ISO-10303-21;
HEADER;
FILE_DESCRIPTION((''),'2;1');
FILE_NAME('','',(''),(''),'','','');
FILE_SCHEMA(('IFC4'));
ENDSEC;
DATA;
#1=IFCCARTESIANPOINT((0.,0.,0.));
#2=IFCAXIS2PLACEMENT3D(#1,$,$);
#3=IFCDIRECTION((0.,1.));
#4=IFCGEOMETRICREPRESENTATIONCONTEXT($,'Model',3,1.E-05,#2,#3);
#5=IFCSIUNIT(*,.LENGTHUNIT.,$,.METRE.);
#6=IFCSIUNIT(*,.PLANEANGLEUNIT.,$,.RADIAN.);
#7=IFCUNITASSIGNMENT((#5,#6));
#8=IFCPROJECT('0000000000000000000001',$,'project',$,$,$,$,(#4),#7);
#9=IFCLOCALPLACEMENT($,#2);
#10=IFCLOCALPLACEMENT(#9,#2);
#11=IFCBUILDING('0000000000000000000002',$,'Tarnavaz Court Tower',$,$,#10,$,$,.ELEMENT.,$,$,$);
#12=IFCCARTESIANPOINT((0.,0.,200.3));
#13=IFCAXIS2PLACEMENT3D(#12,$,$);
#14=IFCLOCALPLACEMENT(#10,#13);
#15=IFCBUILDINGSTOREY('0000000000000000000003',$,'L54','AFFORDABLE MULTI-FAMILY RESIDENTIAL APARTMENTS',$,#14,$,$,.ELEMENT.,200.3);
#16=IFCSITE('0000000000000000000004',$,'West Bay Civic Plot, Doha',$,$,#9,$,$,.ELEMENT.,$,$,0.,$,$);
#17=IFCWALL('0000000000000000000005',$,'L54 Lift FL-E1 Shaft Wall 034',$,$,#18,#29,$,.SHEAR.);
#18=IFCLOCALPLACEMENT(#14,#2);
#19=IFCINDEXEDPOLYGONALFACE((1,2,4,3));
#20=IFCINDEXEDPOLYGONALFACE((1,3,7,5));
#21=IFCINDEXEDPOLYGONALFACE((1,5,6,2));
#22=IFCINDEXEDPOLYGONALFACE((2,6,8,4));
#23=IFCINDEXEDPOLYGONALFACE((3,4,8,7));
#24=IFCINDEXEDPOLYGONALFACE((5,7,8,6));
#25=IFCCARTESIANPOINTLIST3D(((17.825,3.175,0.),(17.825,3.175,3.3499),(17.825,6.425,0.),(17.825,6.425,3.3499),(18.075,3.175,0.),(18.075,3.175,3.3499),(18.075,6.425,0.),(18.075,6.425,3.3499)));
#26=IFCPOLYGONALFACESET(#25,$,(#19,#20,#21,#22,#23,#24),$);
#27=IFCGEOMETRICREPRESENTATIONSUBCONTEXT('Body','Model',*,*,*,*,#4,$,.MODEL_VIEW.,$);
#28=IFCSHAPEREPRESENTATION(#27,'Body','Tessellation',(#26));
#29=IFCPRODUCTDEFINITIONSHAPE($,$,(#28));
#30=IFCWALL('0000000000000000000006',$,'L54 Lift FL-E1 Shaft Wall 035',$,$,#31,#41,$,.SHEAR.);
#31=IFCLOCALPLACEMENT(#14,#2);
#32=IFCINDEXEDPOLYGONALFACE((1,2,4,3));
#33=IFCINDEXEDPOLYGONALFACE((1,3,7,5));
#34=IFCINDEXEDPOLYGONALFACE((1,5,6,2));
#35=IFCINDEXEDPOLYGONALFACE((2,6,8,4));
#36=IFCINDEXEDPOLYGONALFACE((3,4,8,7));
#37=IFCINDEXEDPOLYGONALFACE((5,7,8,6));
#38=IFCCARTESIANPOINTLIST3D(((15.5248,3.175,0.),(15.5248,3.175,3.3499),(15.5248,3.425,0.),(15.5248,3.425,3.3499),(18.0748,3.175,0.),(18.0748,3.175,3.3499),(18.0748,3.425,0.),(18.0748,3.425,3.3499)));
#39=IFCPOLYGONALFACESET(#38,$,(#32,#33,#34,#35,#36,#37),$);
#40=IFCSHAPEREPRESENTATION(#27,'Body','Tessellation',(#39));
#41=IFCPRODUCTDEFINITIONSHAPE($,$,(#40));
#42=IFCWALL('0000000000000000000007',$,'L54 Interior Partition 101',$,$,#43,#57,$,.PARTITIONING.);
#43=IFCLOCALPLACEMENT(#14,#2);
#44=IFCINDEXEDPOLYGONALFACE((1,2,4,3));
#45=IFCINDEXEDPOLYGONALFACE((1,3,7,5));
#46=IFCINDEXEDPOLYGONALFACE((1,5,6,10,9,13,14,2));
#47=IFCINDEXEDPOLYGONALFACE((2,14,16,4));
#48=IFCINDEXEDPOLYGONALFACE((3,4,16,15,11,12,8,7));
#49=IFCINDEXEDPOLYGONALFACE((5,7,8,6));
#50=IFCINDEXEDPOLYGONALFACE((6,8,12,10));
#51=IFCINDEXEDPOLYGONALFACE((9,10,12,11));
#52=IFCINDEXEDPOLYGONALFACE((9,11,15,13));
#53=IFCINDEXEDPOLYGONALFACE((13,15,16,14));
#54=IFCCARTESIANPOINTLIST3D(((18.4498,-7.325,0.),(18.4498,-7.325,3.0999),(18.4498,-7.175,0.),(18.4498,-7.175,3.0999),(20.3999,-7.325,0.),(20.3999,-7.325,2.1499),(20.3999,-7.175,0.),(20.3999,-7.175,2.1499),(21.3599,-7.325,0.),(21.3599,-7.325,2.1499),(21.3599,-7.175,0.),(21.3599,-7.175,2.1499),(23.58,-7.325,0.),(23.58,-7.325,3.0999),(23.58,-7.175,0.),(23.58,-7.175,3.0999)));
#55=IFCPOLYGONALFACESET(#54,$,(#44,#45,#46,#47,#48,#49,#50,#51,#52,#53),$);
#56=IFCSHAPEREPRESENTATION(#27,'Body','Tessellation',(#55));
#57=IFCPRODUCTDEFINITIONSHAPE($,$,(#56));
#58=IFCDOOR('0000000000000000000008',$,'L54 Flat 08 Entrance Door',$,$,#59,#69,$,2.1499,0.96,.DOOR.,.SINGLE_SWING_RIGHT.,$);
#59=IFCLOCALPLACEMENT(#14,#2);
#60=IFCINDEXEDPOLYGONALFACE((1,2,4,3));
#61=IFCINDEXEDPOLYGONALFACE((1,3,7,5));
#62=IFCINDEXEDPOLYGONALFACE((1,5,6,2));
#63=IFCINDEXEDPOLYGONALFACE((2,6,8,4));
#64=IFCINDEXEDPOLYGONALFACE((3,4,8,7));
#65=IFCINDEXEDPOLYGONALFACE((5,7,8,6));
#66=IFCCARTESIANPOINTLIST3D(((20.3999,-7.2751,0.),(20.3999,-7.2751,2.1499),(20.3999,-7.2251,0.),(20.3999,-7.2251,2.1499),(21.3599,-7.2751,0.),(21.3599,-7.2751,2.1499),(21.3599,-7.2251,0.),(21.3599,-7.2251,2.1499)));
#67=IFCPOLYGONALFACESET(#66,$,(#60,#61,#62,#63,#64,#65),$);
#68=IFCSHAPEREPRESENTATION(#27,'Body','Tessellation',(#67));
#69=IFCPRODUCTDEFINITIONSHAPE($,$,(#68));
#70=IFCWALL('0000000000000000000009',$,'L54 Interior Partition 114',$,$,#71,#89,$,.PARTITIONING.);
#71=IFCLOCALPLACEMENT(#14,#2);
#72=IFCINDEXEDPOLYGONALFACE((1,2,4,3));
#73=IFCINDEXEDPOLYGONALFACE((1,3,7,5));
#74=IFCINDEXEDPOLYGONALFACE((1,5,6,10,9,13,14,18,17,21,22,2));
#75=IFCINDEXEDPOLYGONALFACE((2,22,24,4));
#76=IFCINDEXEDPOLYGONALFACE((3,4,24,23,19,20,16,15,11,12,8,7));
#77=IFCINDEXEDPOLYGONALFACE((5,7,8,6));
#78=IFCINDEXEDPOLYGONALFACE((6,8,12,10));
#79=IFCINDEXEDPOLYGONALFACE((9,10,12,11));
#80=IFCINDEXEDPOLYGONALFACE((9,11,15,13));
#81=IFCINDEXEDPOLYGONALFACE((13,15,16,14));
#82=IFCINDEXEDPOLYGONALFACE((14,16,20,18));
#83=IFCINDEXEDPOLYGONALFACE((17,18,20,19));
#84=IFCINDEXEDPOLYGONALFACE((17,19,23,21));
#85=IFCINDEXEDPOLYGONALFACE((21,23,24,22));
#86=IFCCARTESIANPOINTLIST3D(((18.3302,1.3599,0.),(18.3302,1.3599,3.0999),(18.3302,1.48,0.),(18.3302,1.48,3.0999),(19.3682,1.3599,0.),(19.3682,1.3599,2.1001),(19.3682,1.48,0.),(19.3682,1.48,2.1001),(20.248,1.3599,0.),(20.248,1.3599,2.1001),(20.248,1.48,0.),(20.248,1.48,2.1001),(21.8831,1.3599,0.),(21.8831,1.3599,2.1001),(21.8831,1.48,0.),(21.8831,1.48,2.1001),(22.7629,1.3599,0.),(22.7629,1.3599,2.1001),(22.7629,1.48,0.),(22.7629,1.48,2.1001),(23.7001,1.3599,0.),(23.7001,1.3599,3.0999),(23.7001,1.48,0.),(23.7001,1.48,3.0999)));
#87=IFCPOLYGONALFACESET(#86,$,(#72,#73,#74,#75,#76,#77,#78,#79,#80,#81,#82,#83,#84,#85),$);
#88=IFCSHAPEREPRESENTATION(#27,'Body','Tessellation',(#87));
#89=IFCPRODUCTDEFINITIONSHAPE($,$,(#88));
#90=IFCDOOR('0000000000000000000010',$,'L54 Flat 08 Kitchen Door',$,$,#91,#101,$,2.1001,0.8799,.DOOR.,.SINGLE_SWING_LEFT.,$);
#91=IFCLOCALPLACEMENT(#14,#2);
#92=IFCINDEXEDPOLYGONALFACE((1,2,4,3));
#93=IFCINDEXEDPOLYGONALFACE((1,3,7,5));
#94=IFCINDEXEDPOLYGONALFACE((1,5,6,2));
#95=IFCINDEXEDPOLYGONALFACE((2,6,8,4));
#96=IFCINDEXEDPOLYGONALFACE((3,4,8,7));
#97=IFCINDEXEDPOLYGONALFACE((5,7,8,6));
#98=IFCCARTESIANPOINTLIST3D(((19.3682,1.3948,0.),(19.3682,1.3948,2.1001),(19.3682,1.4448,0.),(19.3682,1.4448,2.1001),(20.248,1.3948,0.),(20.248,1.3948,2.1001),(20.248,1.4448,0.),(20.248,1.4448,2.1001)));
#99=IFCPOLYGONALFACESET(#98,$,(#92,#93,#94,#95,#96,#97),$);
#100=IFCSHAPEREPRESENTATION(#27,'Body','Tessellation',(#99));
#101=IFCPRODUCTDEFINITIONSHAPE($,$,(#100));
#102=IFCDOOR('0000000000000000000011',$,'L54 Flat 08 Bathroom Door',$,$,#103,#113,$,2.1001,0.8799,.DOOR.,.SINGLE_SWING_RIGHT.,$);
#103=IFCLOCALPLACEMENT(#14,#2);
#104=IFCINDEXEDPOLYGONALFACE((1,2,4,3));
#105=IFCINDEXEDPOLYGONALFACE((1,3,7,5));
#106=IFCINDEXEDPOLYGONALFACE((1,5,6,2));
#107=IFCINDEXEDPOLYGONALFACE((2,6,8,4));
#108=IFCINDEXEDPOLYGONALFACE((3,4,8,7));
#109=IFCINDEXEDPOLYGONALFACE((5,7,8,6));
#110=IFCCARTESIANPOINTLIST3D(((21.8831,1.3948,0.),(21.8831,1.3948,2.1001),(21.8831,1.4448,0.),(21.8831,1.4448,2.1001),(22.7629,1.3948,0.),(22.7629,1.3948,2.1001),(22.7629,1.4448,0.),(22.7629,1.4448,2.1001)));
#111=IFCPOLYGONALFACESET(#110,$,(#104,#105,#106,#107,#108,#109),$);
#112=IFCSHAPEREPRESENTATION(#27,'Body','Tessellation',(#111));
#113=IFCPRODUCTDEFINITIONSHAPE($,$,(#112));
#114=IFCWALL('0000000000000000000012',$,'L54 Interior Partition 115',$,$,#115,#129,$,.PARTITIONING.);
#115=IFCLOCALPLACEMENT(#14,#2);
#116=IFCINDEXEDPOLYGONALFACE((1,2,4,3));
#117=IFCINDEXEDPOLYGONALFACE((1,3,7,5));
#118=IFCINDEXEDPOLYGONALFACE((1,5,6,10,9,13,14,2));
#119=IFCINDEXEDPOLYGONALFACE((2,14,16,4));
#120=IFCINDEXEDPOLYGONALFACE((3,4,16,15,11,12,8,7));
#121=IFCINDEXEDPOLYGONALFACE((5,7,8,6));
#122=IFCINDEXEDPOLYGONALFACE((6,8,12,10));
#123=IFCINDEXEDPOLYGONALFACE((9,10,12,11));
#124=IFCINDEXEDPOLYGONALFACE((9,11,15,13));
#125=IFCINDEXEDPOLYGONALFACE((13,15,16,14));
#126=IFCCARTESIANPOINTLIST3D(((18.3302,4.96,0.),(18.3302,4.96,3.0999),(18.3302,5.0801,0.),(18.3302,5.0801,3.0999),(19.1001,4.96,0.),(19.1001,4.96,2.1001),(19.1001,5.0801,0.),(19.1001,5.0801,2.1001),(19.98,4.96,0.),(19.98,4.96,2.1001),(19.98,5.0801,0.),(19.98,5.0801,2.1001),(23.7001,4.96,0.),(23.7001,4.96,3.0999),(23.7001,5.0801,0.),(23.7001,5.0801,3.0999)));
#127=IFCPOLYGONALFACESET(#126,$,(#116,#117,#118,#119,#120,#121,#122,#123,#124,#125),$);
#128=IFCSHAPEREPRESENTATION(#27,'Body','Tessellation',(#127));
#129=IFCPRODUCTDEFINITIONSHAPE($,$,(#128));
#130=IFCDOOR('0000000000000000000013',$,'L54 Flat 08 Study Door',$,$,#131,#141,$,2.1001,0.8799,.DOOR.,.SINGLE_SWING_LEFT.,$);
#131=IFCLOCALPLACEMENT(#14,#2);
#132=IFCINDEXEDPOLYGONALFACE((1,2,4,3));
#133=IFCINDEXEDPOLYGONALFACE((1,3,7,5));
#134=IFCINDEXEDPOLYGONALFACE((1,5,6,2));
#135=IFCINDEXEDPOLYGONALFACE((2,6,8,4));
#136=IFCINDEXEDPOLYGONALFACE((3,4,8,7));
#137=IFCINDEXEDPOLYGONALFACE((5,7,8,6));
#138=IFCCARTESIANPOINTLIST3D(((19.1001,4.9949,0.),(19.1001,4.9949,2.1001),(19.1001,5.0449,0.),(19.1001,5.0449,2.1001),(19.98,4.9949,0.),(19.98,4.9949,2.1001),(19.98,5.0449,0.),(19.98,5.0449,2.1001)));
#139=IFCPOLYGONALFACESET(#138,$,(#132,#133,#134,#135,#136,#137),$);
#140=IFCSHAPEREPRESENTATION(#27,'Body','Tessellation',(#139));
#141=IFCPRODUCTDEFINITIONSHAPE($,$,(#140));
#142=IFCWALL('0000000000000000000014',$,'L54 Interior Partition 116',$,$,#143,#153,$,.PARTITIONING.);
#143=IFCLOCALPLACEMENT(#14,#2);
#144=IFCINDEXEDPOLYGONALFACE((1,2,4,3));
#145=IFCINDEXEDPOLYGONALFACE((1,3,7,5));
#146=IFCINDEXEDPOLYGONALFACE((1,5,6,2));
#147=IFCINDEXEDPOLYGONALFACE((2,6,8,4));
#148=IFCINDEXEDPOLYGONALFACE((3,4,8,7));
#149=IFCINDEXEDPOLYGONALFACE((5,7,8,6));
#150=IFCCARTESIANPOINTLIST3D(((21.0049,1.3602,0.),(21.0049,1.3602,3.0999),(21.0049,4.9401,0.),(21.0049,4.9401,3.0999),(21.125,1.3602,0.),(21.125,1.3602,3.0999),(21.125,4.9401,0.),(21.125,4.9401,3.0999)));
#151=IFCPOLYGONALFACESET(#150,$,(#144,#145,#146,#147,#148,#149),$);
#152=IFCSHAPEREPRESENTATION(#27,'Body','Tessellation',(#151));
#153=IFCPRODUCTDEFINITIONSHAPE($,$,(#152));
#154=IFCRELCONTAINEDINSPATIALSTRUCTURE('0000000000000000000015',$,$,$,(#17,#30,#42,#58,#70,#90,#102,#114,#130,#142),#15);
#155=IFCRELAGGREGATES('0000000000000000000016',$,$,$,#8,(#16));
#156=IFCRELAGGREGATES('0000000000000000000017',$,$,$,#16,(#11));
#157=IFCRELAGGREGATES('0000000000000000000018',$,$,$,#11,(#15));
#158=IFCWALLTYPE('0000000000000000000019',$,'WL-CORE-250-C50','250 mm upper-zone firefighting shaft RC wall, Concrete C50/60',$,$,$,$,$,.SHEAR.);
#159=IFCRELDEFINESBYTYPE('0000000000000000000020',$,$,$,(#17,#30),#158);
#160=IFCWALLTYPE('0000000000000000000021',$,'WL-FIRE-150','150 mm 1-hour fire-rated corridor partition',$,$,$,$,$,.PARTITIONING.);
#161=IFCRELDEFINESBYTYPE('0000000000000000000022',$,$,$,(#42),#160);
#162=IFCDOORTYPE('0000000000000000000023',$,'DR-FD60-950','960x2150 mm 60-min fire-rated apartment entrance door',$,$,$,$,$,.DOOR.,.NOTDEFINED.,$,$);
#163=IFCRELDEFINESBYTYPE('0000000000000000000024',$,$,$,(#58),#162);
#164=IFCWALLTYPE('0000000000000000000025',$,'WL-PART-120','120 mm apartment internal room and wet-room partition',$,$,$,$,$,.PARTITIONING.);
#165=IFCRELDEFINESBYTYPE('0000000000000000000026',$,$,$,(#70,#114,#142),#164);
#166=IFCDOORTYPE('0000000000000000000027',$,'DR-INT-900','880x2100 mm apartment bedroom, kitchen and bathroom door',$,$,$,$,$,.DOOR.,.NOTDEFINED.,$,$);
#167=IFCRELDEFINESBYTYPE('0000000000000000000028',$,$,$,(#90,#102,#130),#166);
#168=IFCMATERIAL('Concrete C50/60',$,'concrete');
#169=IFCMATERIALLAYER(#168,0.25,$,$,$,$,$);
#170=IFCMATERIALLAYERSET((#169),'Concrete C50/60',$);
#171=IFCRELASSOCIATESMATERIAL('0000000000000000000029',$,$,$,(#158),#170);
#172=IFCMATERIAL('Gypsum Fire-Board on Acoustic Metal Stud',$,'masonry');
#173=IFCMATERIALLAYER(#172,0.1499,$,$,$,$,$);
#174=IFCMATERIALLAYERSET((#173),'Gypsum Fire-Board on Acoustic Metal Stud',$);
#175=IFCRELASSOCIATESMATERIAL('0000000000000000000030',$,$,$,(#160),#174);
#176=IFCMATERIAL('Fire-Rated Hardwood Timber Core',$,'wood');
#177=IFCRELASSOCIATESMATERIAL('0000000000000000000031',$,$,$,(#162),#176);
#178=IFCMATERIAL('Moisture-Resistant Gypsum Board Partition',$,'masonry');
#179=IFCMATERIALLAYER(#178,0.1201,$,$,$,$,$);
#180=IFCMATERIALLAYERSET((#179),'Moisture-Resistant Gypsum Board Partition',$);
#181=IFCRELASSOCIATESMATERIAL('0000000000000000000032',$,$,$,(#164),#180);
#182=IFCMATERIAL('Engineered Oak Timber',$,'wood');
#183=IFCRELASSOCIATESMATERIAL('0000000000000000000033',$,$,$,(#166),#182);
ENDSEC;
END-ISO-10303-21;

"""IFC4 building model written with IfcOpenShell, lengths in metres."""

from ifc_helpers import new_model, si_unit, direction, frame, frame_2d, origin, place, context, subcontext, project, spatial, rectangle, extrude, material, layer, layer_set, type_object, element, fill, save


model = new_model("IFC4")

# Units and contexts
model_context = context("Model", 3, precision=1e-05, world=origin(), true_north=direction((0.0, 1.0)))
body_context = subcontext(model_context, "Body", "Model", "MODEL_VIEW")
ifc_project = project(units=[si_unit("LENGTHUNIT", "METRE"), si_unit("PLANEANGLEUNIT", "RADIAN")], contexts=[model_context])

# Site, building, storey
site_placement = place(None, origin())
site = spatial("IfcSite", under=ifc_project, at=site_placement, Name="West Bay Civic Plot, Doha", CompositionType="ELEMENT", RefElevation=0.0)
building_placement = place(site_placement, origin())
building = spatial("IfcBuilding", under=site, at=building_placement, Name="Tarnavaz Court Tower", CompositionType="ELEMENT")
storey_placement = place(building_placement, frame((0.0, 0.0, 200.3)))
storey = spatial("IfcBuildingStorey", under=building, at=storey_placement, Name="L54", Description="AFFORDABLE MULTI-FAMILY RESIDENTIAL APARTMENTS", CompositionType="ELEMENT", Elevation=200.3)

# Shared definitions
ifc_material_1 = material(Name="Concrete C50/60", Category="concrete")

# Shared definitions
ifc_layer_1 = layer(ifc_material_1, 0.25)
ifc_layer_set_1 = layer_set([ifc_layer_1], Name="Concrete C50/60")
wall_type_1 = type_object("IfcWallType", Name="WL-CORE-250-C50", Description="250 mm upper-zone firefighting shaft RC wall, Concrete C50/60", PredefinedType="SHEAR", material=ifc_layer_set_1)

# Walls
wall_1_placement = place(storey_placement, frame((17.95, 3.175, 0.0), z_axis=(0.0, 0.0, 1.0), x_axis=(0.0, 1.0, 0.0)))
element("IfcWall", 1, at=wall_1_placement, inside=storey, type_object=wall_type_1, Name="L54 Lift FL-E1 Shaft Wall 034", PredefinedType="SHEAR", context=body_context, shape_type="SweptSolid", body=[
    extrude(rectangle(XDim=3.25, YDim=0.25, at=frame_2d((1.625, 0.0))), origin(), (0.0, 0.0, 1.0), 3.3499),
])
wall_2_placement = place(storey_placement, frame((15.5249, 3.3, 0.0), z_axis=(0.0, 0.0, 1.0), x_axis=(1.0, 0.0, 0.0)))
element("IfcWall", 2, at=wall_2_placement, inside=storey, type_object=wall_type_1, Name="L54 Lift FL-E1 Shaft Wall 035", PredefinedType="SHEAR", context=body_context, shape_type="SweptSolid", body=[
    extrude(rectangle(XDim=2.55, YDim=0.25, at=frame_2d((1.2749, 0.0))), origin(), (0.0, 0.0, 1.0), 3.3499),
])

# Wall, opening, door
ifc_material_2 = material(Name="Gypsum Fire-Board on Acoustic Metal Stud", Category="masonry")
ifc_layer_2 = layer(ifc_material_2, 0.1499)
ifc_layer_set_2 = layer_set([ifc_layer_2], Name="Gypsum Fire-Board on Acoustic Metal Stud")
wall_type_2 = type_object("IfcWallType", Name="WL-FIRE-150", Description="150 mm 1-hour fire-rated corridor partition", PredefinedType="PARTITIONING", material=ifc_layer_set_2)
wall_3_placement = place(storey_placement, frame((18.45, -7.25, 0.0), z_axis=(0.0, 0.0, 1.0), x_axis=(1.0, 0.0, 0.0)))
wall_3 = element("IfcWall", 3, at=wall_3_placement, inside=storey, type_object=wall_type_2, Name="L54 Interior Partition 101", PredefinedType="PARTITIONING", context=body_context, shape_type="SweptSolid", body=[
    extrude(rectangle(XDim=5.1301, YDim=0.1499, at=frame_2d((2.5649, 0.0))), origin(), (0.0, 0.0, 1.0), 3.0999),
])
opening_1_placement = place(wall_3_placement, frame((1.95, 0.0, 0.0)))
opening_1 = element("IfcOpeningElement", 4, at=opening_1_placement, cuts=wall_3, PredefinedType="OPENING", context=body_context, shape_type="SweptSolid", body=[
    extrude(rectangle(XDim=0.96, YDim=2.1499, at=frame_2d((0.48, 1.075))), frame((0.0, 0.085, 0.0), z_axis=(0.0, -1.0, 0.0), x_axis=(1.0, 0.0, 0.0)), (0.0, 0.0, 1.0), 0.1699),
])
ifc_material_3 = material(Name="Fire-Rated Hardwood Timber Core", Category="wood")
door_type_1 = type_object("IfcDoorType", Name="DR-FD60-950", Description="960x2150 mm 60-min fire-rated apartment entrance door", OperationType="NOTDEFINED", PredefinedType="DOOR", material=ifc_material_3)
door_1_placement = place(opening_1_placement, origin())
door_1 = element("IfcDoor", 5, at=door_1_placement, inside=storey, type_object=door_type_1, Name="L54 Flat 08 Entrance Door", OperationType="SINGLE_SWING_RIGHT", OverallHeight=2.1499, OverallWidth=0.96, PredefinedType="DOOR", context=body_context, shape_type="SweptSolid", body=[
    extrude(rectangle(XDim=0.96, YDim=2.1499, at=frame_2d((0.48, 1.075))), frame((0.0, 0.0249, 0.0), z_axis=(0.0, -1.0, 0.0), x_axis=(1.0, 0.0, 0.0)), (0.0, 0.0, 1.0), 0.05),
])
fill(opening_1, door_1)

# Wall, openings, doors
ifc_material_4 = material(Name="Moisture-Resistant Gypsum Board Partition", Category="masonry")
ifc_layer_3 = layer(ifc_material_4, 0.1201)
ifc_layer_set_3 = layer_set([ifc_layer_3], Name="Moisture-Resistant Gypsum Board Partition")
wall_type_3 = type_object("IfcWallType", Name="WL-PART-120", Description="120 mm apartment internal room and wet-room partition", PredefinedType="PARTITIONING", material=ifc_layer_set_3)
wall_4_placement = place(storey_placement, frame((18.3301, 1.4199, 0.0), z_axis=(0.0, 0.0, 1.0), x_axis=(1.0, 0.0, 0.0)))
wall_4 = element("IfcWall", 6, at=wall_4_placement, inside=storey, type_object=wall_type_3, Name="L54 Interior Partition 114", PredefinedType="PARTITIONING", context=body_context, shape_type="SweptSolid", body=[
    extrude(rectangle(XDim=5.3699, YDim=0.1201, at=frame_2d((2.6851, 0.0))), origin(), (0.0, 0.0, 1.0), 3.0999),
])
opening_2_placement = place(wall_4_placement, frame((1.0381, 0.0, 0.0)))
opening_2 = element("IfcOpeningElement", 7, at=opening_2_placement, cuts=wall_4, PredefinedType="OPENING", context=body_context, shape_type="SweptSolid", body=[
    extrude(rectangle(XDim=0.8799, YDim=2.1001, at=frame_2d((0.4399, 1.05))), frame((0.0, 0.0701, 0.0), z_axis=(0.0, -1.0, 0.0), x_axis=(1.0, 0.0, 0.0)), (0.0, 0.0, 1.0), 0.1401),
])
opening_3_placement = place(wall_4_placement, frame((3.553, 0.0, 0.0)))
opening_3 = element("IfcOpeningElement", 8, at=opening_3_placement, cuts=wall_4, PredefinedType="OPENING", context=body_context, shape_type="SweptSolid", body=[
    extrude(rectangle(XDim=0.8799, YDim=2.1001, at=frame_2d((0.4399, 1.05))), frame((0.0, 0.0701, 0.0), z_axis=(0.0, -1.0, 0.0), x_axis=(1.0, 0.0, 0.0)), (0.0, 0.0, 1.0), 0.1401),
])
ifc_material_5 = material(Name="Engineered Oak Timber", Category="wood")
door_type_2 = type_object("IfcDoorType", Name="DR-INT-900", Description="880x2100 mm apartment bedroom, kitchen and bathroom door", OperationType="NOTDEFINED", PredefinedType="DOOR", material=ifc_material_5)
door_2_placement = place(opening_2_placement, origin())
door_2 = element("IfcDoor", 9, at=door_2_placement, inside=storey, type_object=door_type_2, Name="L54 Flat 08 Kitchen Door", OperationType="SINGLE_SWING_LEFT", OverallHeight=2.1001, OverallWidth=0.8799, PredefinedType="DOOR", context=body_context, shape_type="SweptSolid", body=[
    extrude(rectangle(XDim=0.8799, YDim=2.1001, at=frame_2d((0.4399, 1.05))), frame((0.0, 0.0249, 0.0), z_axis=(0.0, -1.0, 0.0), x_axis=(1.0, 0.0, 0.0)), (0.0, 0.0, 1.0), 0.05),
])
fill(opening_2, door_2)
door_3_placement = place(opening_3_placement, origin())
door_3 = element("IfcDoor", 10, at=door_3_placement, inside=storey, type_object=door_type_2, Name="L54 Flat 08 Bathroom Door", OperationType="SINGLE_SWING_RIGHT", OverallHeight=2.1001, OverallWidth=0.8799, PredefinedType="DOOR", context=body_context, shape_type="SweptSolid", body=[
    extrude(rectangle(XDim=0.8799, YDim=2.1001, at=frame_2d((0.4399, 1.05))), frame((0.0, 0.0249, 0.0), z_axis=(0.0, -1.0, 0.0), x_axis=(1.0, 0.0, 0.0)), (0.0, 0.0, 1.0), 0.05),
])
fill(opening_3, door_3)

# Wall, opening, door
wall_5_placement = place(storey_placement, frame((18.3301, 5.02, 0.0), z_axis=(0.0, 0.0, 1.0), x_axis=(1.0, 0.0, 0.0)))
wall_5 = element("IfcWall", 11, at=wall_5_placement, inside=storey, type_object=wall_type_3, Name="L54 Interior Partition 115", PredefinedType="PARTITIONING", context=body_context, shape_type="SweptSolid", body=[
    extrude(rectangle(XDim=5.3699, YDim=0.1201, at=frame_2d((2.6851, 0.0))), origin(), (0.0, 0.0, 1.0), 3.0999),
])
opening_4_placement = place(wall_5_placement, frame((0.77, 0.0, 0.0)))
opening_4 = element("IfcOpeningElement", 12, at=opening_4_placement, cuts=wall_5, PredefinedType="OPENING", context=body_context, shape_type="SweptSolid", body=[
    extrude(rectangle(XDim=0.8799, YDim=2.1001, at=frame_2d((0.4399, 1.05))), frame((0.0, 0.0701, 0.0), z_axis=(0.0, -1.0, 0.0), x_axis=(1.0, 0.0, 0.0)), (0.0, 0.0, 1.0), 0.1401),
])
door_4_placement = place(opening_4_placement, origin())
door_4 = element("IfcDoor", 13, at=door_4_placement, inside=storey, type_object=door_type_2, Name="L54 Flat 08 Study Door", OperationType="SINGLE_SWING_LEFT", OverallHeight=2.1001, OverallWidth=0.8799, PredefinedType="DOOR", context=body_context, shape_type="SweptSolid", body=[
    extrude(rectangle(XDim=0.8799, YDim=2.1001, at=frame_2d((0.4399, 1.05))), frame((0.0, 0.0249, 0.0), z_axis=(0.0, -1.0, 0.0), x_axis=(1.0, 0.0, 0.0)), (0.0, 0.0, 1.0), 0.05),
])
fill(opening_4, door_4)

# Wall
wall_6_placement = place(storey_placement, frame((21.0649, 1.3601, 0.0), z_axis=(0.0, 0.0, 1.0), x_axis=(0.0, 1.0, 0.0)))
element("IfcWall", 14, at=wall_6_placement, inside=storey, type_object=wall_type_3, Name="L54 Interior Partition 116", PredefinedType="PARTITIONING", context=body_context, shape_type="SweptSolid", body=[
    extrude(rectangle(XDim=3.5798, YDim=0.1201, at=frame_2d((1.79, 0.0))), origin(), (0.0, 0.0, 1.0), 3.0999),
])

save(model, "model.ifc")
